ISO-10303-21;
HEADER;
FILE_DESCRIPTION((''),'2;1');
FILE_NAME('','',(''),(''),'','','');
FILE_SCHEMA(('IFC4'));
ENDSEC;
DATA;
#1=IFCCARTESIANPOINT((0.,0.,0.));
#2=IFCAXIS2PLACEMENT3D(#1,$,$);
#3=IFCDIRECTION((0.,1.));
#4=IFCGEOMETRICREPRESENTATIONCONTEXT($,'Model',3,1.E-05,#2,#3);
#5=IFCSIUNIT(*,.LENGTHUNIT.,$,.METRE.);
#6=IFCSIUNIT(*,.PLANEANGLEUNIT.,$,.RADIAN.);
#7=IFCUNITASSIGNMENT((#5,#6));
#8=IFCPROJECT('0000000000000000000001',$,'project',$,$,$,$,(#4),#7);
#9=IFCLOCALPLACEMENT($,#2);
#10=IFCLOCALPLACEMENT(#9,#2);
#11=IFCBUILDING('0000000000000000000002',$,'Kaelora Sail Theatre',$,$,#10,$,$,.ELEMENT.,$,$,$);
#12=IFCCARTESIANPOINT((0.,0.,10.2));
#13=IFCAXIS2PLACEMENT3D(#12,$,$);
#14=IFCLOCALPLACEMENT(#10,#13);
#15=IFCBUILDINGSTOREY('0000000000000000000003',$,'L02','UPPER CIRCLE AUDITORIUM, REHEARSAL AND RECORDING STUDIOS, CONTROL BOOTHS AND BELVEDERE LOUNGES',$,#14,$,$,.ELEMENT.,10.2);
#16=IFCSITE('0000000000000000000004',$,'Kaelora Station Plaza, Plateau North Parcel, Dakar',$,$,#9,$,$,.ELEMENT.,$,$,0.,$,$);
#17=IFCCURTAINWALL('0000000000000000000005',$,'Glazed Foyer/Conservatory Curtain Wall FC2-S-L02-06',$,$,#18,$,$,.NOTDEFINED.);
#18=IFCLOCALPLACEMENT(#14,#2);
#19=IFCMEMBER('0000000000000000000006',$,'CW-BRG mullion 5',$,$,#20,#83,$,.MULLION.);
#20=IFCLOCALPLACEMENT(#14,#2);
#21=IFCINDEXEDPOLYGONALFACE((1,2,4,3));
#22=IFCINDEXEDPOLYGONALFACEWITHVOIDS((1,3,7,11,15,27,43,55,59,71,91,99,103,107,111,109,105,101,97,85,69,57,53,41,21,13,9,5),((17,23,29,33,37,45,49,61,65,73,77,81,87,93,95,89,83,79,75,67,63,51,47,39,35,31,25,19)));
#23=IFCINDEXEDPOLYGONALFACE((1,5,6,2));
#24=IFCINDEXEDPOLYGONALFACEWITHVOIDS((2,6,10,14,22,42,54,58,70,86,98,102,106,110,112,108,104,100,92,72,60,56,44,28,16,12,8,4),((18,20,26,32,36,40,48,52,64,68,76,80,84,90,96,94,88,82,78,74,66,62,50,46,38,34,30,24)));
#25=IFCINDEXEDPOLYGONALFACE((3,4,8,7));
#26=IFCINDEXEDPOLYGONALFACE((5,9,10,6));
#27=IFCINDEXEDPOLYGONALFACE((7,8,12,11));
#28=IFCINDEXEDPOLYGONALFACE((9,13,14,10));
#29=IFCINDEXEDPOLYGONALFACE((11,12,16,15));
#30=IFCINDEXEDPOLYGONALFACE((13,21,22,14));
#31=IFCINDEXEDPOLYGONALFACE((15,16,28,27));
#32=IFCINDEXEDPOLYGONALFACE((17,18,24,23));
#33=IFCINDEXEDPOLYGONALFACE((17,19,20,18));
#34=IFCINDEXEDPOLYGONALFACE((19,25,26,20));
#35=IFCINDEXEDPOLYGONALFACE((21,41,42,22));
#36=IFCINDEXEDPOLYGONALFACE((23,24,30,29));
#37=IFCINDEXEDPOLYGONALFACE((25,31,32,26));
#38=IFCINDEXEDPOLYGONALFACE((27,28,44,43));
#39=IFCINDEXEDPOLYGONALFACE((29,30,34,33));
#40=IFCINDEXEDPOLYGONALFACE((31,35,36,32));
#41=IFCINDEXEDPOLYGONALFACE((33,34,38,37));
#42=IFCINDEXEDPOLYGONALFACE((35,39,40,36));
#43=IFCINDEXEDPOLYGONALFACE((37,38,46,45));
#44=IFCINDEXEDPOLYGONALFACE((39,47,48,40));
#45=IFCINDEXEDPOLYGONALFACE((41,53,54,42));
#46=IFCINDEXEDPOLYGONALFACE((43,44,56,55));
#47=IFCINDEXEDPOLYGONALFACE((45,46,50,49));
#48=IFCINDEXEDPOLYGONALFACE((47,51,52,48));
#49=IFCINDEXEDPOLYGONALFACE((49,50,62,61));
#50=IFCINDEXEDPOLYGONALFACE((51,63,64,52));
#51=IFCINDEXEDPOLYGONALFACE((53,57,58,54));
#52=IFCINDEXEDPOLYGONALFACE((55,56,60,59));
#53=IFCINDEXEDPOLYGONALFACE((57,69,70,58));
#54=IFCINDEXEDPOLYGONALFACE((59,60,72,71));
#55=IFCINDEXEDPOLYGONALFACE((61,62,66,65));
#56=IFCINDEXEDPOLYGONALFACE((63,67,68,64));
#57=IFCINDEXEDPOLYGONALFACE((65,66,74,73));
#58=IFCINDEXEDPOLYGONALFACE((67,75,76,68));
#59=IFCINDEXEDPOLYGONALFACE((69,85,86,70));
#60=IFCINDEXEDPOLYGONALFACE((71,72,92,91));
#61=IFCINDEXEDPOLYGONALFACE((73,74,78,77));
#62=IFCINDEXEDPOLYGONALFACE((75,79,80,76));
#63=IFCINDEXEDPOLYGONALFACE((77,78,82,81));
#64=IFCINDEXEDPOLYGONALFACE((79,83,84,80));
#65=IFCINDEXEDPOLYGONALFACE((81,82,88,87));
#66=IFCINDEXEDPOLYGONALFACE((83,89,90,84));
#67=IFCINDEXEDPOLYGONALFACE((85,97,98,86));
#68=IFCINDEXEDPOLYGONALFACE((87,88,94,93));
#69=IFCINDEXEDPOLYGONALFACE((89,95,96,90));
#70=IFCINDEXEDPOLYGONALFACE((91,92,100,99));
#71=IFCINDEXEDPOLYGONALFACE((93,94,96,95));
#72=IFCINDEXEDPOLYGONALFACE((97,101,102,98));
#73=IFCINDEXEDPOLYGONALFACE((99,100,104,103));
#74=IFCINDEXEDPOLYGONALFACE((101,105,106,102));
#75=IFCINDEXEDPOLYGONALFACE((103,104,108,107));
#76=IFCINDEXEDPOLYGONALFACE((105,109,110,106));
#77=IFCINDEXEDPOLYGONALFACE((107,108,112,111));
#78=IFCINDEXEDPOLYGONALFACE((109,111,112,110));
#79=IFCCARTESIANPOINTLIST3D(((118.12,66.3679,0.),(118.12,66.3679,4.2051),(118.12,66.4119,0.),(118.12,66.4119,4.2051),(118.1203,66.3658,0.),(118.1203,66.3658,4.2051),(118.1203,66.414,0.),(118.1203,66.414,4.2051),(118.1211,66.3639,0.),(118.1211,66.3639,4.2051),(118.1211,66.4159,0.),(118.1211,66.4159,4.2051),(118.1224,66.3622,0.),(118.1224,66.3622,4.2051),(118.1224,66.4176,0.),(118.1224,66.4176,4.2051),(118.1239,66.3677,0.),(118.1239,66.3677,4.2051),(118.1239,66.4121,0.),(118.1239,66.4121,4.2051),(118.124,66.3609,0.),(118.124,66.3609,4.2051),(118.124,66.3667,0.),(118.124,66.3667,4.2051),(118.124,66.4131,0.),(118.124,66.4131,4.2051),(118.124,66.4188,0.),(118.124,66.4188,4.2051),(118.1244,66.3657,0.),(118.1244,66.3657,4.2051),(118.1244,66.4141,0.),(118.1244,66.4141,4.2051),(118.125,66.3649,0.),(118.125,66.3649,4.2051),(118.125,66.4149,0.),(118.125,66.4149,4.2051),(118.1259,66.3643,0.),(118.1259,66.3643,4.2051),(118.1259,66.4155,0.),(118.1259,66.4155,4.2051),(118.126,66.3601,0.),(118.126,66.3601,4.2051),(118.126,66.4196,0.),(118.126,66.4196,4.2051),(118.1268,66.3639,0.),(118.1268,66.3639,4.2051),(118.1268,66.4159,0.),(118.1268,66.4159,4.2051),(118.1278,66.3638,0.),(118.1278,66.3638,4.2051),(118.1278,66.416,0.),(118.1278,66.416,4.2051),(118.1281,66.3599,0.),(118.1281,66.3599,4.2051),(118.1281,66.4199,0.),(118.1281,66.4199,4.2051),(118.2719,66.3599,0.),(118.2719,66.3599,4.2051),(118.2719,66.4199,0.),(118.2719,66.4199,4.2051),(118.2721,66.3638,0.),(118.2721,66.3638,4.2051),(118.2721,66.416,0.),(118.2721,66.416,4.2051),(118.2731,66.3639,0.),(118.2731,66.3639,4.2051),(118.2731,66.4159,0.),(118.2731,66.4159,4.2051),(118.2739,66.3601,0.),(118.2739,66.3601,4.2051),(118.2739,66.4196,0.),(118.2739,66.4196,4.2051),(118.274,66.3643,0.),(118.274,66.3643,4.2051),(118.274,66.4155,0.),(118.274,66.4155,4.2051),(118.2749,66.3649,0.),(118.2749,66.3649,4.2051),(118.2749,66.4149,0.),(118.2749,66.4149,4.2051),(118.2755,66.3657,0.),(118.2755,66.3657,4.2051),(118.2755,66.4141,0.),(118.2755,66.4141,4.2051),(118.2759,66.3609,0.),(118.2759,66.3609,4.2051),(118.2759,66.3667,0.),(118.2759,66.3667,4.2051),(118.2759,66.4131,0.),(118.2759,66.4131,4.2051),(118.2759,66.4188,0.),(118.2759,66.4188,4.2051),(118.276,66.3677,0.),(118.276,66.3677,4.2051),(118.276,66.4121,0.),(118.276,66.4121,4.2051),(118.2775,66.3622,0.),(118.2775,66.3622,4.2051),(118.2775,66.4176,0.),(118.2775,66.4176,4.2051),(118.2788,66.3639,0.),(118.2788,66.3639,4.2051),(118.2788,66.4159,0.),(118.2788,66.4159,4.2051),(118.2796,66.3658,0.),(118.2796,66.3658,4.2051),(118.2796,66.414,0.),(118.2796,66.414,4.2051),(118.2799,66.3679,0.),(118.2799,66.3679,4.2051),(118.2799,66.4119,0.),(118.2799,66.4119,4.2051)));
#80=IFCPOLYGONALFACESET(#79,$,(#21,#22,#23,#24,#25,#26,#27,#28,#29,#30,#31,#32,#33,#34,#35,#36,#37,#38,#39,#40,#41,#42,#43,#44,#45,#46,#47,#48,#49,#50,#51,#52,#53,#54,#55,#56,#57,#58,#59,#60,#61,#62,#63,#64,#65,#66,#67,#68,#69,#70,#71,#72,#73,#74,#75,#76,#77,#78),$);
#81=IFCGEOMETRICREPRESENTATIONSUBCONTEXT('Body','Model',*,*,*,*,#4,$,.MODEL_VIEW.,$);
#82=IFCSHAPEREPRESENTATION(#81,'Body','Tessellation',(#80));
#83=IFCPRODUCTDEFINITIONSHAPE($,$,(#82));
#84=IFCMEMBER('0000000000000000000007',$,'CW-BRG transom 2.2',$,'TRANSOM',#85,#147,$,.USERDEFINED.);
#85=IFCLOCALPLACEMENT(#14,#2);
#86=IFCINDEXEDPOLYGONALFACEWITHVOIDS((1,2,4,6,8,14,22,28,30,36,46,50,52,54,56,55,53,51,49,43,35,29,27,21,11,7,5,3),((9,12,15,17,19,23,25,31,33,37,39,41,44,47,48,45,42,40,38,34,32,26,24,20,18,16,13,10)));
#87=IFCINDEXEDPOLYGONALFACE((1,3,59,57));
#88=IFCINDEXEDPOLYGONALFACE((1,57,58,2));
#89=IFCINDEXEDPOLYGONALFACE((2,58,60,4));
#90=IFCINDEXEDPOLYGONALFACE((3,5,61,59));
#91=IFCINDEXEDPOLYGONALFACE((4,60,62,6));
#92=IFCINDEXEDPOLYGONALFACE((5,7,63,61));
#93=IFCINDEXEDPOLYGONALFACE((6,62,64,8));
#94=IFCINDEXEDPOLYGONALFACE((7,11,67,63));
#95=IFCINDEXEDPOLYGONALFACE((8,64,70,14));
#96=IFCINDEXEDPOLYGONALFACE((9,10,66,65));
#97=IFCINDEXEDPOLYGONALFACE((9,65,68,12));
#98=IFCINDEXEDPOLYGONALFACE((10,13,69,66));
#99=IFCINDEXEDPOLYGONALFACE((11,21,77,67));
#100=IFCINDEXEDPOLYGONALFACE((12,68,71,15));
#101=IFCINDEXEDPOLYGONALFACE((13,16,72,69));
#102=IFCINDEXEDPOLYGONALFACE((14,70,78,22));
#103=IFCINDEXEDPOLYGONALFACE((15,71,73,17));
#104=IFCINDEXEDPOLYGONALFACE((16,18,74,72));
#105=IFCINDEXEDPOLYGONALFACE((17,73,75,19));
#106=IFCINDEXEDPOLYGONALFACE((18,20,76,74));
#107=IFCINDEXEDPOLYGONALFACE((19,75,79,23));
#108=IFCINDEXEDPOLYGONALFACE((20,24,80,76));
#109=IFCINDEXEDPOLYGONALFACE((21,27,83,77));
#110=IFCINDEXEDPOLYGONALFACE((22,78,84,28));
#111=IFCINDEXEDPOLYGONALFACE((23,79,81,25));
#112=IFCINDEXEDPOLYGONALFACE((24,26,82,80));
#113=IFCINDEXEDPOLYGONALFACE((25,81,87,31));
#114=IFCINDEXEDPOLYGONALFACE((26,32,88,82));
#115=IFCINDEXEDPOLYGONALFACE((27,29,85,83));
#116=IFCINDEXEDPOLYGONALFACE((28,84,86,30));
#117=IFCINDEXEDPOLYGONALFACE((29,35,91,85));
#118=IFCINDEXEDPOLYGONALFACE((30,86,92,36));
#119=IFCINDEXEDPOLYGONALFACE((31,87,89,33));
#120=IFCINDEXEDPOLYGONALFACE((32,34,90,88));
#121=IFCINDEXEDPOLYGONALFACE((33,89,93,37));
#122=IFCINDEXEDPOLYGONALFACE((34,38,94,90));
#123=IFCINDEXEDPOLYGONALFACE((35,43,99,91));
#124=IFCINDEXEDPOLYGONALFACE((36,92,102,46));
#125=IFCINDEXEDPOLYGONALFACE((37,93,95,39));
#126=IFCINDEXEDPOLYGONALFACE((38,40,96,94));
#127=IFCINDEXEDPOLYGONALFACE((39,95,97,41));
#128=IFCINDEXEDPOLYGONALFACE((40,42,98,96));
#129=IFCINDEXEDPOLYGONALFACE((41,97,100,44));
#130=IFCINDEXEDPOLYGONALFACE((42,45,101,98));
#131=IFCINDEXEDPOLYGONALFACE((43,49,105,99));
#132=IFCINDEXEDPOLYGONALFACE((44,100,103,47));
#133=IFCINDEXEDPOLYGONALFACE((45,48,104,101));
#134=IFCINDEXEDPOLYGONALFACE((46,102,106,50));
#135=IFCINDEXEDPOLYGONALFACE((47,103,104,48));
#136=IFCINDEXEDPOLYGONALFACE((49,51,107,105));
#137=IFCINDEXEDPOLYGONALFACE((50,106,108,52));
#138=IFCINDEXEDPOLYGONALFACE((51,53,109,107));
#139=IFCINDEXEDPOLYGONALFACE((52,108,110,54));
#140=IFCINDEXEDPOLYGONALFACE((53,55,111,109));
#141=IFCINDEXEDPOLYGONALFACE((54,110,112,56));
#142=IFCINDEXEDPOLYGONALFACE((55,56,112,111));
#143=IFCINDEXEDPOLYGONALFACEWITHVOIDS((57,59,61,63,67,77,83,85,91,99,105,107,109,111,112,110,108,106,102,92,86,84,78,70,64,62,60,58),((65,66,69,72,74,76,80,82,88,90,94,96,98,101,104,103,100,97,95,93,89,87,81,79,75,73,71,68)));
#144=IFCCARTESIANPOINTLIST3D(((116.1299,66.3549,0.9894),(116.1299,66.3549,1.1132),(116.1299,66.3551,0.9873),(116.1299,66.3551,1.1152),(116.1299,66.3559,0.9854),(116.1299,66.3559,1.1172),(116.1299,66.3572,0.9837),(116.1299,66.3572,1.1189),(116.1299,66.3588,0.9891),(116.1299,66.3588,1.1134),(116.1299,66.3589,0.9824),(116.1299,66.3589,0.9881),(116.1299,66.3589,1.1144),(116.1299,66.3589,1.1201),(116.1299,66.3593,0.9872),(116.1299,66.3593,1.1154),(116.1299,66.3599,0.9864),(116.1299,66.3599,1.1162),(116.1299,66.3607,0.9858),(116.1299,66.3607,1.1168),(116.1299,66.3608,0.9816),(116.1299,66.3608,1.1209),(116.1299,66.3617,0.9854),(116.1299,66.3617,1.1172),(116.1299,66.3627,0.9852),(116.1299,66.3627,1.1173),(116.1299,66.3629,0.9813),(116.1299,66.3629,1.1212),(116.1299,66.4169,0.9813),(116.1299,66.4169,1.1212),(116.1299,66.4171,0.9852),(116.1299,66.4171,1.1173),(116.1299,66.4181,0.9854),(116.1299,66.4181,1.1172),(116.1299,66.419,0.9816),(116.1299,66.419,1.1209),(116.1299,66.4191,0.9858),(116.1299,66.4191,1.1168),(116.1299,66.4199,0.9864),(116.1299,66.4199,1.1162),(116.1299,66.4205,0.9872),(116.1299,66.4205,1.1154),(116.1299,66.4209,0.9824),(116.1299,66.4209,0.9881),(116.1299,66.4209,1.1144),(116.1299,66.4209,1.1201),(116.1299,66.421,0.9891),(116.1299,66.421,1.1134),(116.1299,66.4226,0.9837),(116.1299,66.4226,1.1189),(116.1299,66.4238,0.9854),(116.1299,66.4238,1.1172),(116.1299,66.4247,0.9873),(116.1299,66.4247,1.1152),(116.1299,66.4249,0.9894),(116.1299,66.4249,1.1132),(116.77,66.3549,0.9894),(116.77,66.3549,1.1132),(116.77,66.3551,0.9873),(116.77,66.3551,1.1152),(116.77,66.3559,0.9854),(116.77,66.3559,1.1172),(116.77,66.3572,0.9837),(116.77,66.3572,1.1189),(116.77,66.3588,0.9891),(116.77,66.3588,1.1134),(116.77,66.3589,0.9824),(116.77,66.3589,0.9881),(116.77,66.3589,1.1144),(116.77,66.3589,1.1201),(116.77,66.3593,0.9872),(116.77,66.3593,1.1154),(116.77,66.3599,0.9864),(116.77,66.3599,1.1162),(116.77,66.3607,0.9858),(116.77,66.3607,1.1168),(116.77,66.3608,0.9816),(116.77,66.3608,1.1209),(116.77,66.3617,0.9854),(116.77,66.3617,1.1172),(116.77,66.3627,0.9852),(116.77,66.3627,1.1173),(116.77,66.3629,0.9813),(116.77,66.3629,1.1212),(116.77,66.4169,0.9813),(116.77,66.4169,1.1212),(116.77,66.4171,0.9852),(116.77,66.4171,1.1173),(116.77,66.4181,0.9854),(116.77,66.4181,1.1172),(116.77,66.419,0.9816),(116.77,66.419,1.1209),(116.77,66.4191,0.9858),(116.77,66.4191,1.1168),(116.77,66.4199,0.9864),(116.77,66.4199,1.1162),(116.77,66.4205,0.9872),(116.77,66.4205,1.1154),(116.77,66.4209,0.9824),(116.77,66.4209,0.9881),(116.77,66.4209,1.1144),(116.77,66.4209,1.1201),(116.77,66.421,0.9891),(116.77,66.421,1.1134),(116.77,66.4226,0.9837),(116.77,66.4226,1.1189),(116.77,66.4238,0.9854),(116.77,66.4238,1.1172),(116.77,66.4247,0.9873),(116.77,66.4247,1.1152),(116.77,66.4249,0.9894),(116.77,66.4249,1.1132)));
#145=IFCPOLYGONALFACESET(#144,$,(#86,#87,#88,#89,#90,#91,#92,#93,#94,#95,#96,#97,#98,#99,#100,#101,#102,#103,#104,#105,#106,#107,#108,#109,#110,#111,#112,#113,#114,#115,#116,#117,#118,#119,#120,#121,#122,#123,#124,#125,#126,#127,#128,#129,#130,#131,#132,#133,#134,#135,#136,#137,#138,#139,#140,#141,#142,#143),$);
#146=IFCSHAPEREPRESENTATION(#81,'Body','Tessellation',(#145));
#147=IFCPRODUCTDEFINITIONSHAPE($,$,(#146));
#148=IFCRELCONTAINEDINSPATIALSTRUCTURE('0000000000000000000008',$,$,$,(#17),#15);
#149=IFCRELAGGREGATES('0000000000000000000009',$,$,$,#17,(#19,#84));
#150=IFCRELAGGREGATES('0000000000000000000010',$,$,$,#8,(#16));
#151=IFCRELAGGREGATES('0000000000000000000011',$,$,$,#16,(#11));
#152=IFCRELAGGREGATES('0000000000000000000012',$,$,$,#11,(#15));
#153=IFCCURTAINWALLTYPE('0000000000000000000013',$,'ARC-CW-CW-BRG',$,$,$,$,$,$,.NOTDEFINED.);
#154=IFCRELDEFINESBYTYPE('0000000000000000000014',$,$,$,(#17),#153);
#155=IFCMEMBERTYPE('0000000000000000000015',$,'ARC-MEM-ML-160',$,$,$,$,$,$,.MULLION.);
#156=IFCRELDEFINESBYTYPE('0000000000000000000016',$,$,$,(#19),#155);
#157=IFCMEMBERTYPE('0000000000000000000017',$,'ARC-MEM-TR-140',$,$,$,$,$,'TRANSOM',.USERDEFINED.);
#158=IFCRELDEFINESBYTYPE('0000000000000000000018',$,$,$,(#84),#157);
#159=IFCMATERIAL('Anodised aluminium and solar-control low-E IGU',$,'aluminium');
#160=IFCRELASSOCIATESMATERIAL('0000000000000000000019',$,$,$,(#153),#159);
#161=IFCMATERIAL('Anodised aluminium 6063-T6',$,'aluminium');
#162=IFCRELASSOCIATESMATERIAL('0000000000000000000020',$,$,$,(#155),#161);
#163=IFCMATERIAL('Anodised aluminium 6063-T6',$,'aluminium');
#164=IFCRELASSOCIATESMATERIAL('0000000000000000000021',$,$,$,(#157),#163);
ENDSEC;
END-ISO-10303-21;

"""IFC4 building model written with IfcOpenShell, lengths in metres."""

from ifc_helpers import new_model, si_unit, direction, frame, origin, origin_2d, place, context, subcontext, project, spatial, hollow_rectangle, extrude, material, material_profile, profile_set, type_object, element, aggregate, save


model = new_model("IFC4")

# Units and contexts
model_context = context("Model", 3, precision=1e-05, world=origin(), true_north=direction((0.0, 1.0)))
body_context = subcontext(model_context, "Body", "Model", "MODEL_VIEW")
ifc_project = project(units=[si_unit("LENGTHUNIT", "METRE"), si_unit("PLANEANGLEUNIT", "RADIAN")], contexts=[model_context])

# Site, building, storey
site_placement = place(None, origin())
site = spatial("IfcSite", under=ifc_project, at=site_placement, Name="Kaelora Station Plaza, Plateau North Parcel, Dakar", CompositionType="ELEMENT", RefElevation=0.0)
building_placement = place(site_placement, origin())
building = spatial("IfcBuilding", under=site, at=building_placement, Name="Kaelora Sail Theatre", CompositionType="ELEMENT")
storey_placement = place(building_placement, frame((0.0, 0.0, 10.2)))
storey = spatial("IfcBuildingStorey", under=building, at=storey_placement, Name="L02", Description="UPPER CIRCLE AUDITORIUM, REHEARSAL AND RECORDING STUDIOS, CONTROL BOOTHS AND BELVEDERE LOUNGES", CompositionType="ELEMENT", Elevation=10.2)

# Curtain wall, members
ifc_material_1 = material(Name="Anodised aluminium and solar-control low-E IGU", Category="aluminium")
curtain_wall_type = type_object("IfcCurtainWallType", Name="ARC-CW-CW-BRG", PredefinedType="NOTDEFINED", material=ifc_material_1)
curtain_wall_placement = place(storey_placement, origin())
curtain_wall = element("IfcCurtainWall", 1, at=curtain_wall_placement, inside=storey, type_object=curtain_wall_type, Name="Glazed Foyer/Conservatory Curtain Wall FC2-S-L02-06", PredefinedType="NOTDEFINED")
ifc_material_2 = material(Name="Anodised aluminium 6063-T6", Category="aluminium")
ifc_material_profile_1 = material_profile(ifc_material_2, hollow_rectangle(XDim=0.0601, YDim=0.1599, WallThickness=0.0039, InnerFilletRadius=0.0039, OuterFilletRadius=0.0081, at=origin_2d()), Name="ALU-MULL 60x160x4")
ifc_profile_set_1 = profile_set([ifc_material_profile_1], Name="Anodised aluminium 6063-T6")
member_type_1 = type_object("IfcMemberType", Name="ARC-MEM-ML-160", PredefinedType="MULLION", material=ifc_profile_set_1)
member_1_placement = place(storey_placement, frame((118.2, 66.3899, 0.0), z_axis=(0.0, 0.0, 1.0), x_axis=(0.0, 1.0, 0.0)))
member_1 = element("IfcMember", 2, at=member_1_placement, type_object=member_type_1, Name="CW-BRG mullion 5", PredefinedType="MULLION", context=body_context, shape_type="SweptSolid", body=[
    extrude(hollow_rectangle(XDim=0.0601, YDim=0.1599, WallThickness=0.0039, InnerFilletRadius=0.0039, OuterFilletRadius=0.0081, at=origin_2d()), origin(), (0.0, 0.0, 1.0), 4.2051),
])
ifc_material_3 = material(Name="Anodised aluminium 6063-T6", Category="aluminium")
ifc_material_profile_2 = material_profile(ifc_material_3, hollow_rectangle(XDim=0.0701, YDim=0.1399, WallThickness=0.0039, InnerFilletRadius=0.0039, OuterFilletRadius=0.0081, at=origin_2d()), Name="ALU-TRAN 70x140x4")
ifc_profile_set_2 = profile_set([ifc_material_profile_2], Name="Anodised aluminium 6063-T6")
member_type_2 = type_object("IfcMemberType", Name="ARC-MEM-TR-140", ElementType="TRANSOM", PredefinedType="USERDEFINED", material=ifc_profile_set_2)
member_2_placement = place(storey_placement, frame((116.1299, 66.3899, 1.0513), z_axis=(1.0, 0.0, 0.0), x_axis=(0.0, 1.0, 0.0)))
member_2 = element("IfcMember", 3, at=member_2_placement, type_object=member_type_2, Name="CW-BRG transom 2.2", ObjectType="TRANSOM", PredefinedType="USERDEFINED", context=body_context, shape_type="SweptSolid", body=[
    extrude(hollow_rectangle(XDim=0.0701, YDim=0.1399, WallThickness=0.0039, InnerFilletRadius=0.0039, OuterFilletRadius=0.0081, at=origin_2d()), origin(), (0.0, 0.0, 1.0), 0.6401),
])

aggregate(curtain_wall, [member_1, member_2])

save(model, "model.ifc")
